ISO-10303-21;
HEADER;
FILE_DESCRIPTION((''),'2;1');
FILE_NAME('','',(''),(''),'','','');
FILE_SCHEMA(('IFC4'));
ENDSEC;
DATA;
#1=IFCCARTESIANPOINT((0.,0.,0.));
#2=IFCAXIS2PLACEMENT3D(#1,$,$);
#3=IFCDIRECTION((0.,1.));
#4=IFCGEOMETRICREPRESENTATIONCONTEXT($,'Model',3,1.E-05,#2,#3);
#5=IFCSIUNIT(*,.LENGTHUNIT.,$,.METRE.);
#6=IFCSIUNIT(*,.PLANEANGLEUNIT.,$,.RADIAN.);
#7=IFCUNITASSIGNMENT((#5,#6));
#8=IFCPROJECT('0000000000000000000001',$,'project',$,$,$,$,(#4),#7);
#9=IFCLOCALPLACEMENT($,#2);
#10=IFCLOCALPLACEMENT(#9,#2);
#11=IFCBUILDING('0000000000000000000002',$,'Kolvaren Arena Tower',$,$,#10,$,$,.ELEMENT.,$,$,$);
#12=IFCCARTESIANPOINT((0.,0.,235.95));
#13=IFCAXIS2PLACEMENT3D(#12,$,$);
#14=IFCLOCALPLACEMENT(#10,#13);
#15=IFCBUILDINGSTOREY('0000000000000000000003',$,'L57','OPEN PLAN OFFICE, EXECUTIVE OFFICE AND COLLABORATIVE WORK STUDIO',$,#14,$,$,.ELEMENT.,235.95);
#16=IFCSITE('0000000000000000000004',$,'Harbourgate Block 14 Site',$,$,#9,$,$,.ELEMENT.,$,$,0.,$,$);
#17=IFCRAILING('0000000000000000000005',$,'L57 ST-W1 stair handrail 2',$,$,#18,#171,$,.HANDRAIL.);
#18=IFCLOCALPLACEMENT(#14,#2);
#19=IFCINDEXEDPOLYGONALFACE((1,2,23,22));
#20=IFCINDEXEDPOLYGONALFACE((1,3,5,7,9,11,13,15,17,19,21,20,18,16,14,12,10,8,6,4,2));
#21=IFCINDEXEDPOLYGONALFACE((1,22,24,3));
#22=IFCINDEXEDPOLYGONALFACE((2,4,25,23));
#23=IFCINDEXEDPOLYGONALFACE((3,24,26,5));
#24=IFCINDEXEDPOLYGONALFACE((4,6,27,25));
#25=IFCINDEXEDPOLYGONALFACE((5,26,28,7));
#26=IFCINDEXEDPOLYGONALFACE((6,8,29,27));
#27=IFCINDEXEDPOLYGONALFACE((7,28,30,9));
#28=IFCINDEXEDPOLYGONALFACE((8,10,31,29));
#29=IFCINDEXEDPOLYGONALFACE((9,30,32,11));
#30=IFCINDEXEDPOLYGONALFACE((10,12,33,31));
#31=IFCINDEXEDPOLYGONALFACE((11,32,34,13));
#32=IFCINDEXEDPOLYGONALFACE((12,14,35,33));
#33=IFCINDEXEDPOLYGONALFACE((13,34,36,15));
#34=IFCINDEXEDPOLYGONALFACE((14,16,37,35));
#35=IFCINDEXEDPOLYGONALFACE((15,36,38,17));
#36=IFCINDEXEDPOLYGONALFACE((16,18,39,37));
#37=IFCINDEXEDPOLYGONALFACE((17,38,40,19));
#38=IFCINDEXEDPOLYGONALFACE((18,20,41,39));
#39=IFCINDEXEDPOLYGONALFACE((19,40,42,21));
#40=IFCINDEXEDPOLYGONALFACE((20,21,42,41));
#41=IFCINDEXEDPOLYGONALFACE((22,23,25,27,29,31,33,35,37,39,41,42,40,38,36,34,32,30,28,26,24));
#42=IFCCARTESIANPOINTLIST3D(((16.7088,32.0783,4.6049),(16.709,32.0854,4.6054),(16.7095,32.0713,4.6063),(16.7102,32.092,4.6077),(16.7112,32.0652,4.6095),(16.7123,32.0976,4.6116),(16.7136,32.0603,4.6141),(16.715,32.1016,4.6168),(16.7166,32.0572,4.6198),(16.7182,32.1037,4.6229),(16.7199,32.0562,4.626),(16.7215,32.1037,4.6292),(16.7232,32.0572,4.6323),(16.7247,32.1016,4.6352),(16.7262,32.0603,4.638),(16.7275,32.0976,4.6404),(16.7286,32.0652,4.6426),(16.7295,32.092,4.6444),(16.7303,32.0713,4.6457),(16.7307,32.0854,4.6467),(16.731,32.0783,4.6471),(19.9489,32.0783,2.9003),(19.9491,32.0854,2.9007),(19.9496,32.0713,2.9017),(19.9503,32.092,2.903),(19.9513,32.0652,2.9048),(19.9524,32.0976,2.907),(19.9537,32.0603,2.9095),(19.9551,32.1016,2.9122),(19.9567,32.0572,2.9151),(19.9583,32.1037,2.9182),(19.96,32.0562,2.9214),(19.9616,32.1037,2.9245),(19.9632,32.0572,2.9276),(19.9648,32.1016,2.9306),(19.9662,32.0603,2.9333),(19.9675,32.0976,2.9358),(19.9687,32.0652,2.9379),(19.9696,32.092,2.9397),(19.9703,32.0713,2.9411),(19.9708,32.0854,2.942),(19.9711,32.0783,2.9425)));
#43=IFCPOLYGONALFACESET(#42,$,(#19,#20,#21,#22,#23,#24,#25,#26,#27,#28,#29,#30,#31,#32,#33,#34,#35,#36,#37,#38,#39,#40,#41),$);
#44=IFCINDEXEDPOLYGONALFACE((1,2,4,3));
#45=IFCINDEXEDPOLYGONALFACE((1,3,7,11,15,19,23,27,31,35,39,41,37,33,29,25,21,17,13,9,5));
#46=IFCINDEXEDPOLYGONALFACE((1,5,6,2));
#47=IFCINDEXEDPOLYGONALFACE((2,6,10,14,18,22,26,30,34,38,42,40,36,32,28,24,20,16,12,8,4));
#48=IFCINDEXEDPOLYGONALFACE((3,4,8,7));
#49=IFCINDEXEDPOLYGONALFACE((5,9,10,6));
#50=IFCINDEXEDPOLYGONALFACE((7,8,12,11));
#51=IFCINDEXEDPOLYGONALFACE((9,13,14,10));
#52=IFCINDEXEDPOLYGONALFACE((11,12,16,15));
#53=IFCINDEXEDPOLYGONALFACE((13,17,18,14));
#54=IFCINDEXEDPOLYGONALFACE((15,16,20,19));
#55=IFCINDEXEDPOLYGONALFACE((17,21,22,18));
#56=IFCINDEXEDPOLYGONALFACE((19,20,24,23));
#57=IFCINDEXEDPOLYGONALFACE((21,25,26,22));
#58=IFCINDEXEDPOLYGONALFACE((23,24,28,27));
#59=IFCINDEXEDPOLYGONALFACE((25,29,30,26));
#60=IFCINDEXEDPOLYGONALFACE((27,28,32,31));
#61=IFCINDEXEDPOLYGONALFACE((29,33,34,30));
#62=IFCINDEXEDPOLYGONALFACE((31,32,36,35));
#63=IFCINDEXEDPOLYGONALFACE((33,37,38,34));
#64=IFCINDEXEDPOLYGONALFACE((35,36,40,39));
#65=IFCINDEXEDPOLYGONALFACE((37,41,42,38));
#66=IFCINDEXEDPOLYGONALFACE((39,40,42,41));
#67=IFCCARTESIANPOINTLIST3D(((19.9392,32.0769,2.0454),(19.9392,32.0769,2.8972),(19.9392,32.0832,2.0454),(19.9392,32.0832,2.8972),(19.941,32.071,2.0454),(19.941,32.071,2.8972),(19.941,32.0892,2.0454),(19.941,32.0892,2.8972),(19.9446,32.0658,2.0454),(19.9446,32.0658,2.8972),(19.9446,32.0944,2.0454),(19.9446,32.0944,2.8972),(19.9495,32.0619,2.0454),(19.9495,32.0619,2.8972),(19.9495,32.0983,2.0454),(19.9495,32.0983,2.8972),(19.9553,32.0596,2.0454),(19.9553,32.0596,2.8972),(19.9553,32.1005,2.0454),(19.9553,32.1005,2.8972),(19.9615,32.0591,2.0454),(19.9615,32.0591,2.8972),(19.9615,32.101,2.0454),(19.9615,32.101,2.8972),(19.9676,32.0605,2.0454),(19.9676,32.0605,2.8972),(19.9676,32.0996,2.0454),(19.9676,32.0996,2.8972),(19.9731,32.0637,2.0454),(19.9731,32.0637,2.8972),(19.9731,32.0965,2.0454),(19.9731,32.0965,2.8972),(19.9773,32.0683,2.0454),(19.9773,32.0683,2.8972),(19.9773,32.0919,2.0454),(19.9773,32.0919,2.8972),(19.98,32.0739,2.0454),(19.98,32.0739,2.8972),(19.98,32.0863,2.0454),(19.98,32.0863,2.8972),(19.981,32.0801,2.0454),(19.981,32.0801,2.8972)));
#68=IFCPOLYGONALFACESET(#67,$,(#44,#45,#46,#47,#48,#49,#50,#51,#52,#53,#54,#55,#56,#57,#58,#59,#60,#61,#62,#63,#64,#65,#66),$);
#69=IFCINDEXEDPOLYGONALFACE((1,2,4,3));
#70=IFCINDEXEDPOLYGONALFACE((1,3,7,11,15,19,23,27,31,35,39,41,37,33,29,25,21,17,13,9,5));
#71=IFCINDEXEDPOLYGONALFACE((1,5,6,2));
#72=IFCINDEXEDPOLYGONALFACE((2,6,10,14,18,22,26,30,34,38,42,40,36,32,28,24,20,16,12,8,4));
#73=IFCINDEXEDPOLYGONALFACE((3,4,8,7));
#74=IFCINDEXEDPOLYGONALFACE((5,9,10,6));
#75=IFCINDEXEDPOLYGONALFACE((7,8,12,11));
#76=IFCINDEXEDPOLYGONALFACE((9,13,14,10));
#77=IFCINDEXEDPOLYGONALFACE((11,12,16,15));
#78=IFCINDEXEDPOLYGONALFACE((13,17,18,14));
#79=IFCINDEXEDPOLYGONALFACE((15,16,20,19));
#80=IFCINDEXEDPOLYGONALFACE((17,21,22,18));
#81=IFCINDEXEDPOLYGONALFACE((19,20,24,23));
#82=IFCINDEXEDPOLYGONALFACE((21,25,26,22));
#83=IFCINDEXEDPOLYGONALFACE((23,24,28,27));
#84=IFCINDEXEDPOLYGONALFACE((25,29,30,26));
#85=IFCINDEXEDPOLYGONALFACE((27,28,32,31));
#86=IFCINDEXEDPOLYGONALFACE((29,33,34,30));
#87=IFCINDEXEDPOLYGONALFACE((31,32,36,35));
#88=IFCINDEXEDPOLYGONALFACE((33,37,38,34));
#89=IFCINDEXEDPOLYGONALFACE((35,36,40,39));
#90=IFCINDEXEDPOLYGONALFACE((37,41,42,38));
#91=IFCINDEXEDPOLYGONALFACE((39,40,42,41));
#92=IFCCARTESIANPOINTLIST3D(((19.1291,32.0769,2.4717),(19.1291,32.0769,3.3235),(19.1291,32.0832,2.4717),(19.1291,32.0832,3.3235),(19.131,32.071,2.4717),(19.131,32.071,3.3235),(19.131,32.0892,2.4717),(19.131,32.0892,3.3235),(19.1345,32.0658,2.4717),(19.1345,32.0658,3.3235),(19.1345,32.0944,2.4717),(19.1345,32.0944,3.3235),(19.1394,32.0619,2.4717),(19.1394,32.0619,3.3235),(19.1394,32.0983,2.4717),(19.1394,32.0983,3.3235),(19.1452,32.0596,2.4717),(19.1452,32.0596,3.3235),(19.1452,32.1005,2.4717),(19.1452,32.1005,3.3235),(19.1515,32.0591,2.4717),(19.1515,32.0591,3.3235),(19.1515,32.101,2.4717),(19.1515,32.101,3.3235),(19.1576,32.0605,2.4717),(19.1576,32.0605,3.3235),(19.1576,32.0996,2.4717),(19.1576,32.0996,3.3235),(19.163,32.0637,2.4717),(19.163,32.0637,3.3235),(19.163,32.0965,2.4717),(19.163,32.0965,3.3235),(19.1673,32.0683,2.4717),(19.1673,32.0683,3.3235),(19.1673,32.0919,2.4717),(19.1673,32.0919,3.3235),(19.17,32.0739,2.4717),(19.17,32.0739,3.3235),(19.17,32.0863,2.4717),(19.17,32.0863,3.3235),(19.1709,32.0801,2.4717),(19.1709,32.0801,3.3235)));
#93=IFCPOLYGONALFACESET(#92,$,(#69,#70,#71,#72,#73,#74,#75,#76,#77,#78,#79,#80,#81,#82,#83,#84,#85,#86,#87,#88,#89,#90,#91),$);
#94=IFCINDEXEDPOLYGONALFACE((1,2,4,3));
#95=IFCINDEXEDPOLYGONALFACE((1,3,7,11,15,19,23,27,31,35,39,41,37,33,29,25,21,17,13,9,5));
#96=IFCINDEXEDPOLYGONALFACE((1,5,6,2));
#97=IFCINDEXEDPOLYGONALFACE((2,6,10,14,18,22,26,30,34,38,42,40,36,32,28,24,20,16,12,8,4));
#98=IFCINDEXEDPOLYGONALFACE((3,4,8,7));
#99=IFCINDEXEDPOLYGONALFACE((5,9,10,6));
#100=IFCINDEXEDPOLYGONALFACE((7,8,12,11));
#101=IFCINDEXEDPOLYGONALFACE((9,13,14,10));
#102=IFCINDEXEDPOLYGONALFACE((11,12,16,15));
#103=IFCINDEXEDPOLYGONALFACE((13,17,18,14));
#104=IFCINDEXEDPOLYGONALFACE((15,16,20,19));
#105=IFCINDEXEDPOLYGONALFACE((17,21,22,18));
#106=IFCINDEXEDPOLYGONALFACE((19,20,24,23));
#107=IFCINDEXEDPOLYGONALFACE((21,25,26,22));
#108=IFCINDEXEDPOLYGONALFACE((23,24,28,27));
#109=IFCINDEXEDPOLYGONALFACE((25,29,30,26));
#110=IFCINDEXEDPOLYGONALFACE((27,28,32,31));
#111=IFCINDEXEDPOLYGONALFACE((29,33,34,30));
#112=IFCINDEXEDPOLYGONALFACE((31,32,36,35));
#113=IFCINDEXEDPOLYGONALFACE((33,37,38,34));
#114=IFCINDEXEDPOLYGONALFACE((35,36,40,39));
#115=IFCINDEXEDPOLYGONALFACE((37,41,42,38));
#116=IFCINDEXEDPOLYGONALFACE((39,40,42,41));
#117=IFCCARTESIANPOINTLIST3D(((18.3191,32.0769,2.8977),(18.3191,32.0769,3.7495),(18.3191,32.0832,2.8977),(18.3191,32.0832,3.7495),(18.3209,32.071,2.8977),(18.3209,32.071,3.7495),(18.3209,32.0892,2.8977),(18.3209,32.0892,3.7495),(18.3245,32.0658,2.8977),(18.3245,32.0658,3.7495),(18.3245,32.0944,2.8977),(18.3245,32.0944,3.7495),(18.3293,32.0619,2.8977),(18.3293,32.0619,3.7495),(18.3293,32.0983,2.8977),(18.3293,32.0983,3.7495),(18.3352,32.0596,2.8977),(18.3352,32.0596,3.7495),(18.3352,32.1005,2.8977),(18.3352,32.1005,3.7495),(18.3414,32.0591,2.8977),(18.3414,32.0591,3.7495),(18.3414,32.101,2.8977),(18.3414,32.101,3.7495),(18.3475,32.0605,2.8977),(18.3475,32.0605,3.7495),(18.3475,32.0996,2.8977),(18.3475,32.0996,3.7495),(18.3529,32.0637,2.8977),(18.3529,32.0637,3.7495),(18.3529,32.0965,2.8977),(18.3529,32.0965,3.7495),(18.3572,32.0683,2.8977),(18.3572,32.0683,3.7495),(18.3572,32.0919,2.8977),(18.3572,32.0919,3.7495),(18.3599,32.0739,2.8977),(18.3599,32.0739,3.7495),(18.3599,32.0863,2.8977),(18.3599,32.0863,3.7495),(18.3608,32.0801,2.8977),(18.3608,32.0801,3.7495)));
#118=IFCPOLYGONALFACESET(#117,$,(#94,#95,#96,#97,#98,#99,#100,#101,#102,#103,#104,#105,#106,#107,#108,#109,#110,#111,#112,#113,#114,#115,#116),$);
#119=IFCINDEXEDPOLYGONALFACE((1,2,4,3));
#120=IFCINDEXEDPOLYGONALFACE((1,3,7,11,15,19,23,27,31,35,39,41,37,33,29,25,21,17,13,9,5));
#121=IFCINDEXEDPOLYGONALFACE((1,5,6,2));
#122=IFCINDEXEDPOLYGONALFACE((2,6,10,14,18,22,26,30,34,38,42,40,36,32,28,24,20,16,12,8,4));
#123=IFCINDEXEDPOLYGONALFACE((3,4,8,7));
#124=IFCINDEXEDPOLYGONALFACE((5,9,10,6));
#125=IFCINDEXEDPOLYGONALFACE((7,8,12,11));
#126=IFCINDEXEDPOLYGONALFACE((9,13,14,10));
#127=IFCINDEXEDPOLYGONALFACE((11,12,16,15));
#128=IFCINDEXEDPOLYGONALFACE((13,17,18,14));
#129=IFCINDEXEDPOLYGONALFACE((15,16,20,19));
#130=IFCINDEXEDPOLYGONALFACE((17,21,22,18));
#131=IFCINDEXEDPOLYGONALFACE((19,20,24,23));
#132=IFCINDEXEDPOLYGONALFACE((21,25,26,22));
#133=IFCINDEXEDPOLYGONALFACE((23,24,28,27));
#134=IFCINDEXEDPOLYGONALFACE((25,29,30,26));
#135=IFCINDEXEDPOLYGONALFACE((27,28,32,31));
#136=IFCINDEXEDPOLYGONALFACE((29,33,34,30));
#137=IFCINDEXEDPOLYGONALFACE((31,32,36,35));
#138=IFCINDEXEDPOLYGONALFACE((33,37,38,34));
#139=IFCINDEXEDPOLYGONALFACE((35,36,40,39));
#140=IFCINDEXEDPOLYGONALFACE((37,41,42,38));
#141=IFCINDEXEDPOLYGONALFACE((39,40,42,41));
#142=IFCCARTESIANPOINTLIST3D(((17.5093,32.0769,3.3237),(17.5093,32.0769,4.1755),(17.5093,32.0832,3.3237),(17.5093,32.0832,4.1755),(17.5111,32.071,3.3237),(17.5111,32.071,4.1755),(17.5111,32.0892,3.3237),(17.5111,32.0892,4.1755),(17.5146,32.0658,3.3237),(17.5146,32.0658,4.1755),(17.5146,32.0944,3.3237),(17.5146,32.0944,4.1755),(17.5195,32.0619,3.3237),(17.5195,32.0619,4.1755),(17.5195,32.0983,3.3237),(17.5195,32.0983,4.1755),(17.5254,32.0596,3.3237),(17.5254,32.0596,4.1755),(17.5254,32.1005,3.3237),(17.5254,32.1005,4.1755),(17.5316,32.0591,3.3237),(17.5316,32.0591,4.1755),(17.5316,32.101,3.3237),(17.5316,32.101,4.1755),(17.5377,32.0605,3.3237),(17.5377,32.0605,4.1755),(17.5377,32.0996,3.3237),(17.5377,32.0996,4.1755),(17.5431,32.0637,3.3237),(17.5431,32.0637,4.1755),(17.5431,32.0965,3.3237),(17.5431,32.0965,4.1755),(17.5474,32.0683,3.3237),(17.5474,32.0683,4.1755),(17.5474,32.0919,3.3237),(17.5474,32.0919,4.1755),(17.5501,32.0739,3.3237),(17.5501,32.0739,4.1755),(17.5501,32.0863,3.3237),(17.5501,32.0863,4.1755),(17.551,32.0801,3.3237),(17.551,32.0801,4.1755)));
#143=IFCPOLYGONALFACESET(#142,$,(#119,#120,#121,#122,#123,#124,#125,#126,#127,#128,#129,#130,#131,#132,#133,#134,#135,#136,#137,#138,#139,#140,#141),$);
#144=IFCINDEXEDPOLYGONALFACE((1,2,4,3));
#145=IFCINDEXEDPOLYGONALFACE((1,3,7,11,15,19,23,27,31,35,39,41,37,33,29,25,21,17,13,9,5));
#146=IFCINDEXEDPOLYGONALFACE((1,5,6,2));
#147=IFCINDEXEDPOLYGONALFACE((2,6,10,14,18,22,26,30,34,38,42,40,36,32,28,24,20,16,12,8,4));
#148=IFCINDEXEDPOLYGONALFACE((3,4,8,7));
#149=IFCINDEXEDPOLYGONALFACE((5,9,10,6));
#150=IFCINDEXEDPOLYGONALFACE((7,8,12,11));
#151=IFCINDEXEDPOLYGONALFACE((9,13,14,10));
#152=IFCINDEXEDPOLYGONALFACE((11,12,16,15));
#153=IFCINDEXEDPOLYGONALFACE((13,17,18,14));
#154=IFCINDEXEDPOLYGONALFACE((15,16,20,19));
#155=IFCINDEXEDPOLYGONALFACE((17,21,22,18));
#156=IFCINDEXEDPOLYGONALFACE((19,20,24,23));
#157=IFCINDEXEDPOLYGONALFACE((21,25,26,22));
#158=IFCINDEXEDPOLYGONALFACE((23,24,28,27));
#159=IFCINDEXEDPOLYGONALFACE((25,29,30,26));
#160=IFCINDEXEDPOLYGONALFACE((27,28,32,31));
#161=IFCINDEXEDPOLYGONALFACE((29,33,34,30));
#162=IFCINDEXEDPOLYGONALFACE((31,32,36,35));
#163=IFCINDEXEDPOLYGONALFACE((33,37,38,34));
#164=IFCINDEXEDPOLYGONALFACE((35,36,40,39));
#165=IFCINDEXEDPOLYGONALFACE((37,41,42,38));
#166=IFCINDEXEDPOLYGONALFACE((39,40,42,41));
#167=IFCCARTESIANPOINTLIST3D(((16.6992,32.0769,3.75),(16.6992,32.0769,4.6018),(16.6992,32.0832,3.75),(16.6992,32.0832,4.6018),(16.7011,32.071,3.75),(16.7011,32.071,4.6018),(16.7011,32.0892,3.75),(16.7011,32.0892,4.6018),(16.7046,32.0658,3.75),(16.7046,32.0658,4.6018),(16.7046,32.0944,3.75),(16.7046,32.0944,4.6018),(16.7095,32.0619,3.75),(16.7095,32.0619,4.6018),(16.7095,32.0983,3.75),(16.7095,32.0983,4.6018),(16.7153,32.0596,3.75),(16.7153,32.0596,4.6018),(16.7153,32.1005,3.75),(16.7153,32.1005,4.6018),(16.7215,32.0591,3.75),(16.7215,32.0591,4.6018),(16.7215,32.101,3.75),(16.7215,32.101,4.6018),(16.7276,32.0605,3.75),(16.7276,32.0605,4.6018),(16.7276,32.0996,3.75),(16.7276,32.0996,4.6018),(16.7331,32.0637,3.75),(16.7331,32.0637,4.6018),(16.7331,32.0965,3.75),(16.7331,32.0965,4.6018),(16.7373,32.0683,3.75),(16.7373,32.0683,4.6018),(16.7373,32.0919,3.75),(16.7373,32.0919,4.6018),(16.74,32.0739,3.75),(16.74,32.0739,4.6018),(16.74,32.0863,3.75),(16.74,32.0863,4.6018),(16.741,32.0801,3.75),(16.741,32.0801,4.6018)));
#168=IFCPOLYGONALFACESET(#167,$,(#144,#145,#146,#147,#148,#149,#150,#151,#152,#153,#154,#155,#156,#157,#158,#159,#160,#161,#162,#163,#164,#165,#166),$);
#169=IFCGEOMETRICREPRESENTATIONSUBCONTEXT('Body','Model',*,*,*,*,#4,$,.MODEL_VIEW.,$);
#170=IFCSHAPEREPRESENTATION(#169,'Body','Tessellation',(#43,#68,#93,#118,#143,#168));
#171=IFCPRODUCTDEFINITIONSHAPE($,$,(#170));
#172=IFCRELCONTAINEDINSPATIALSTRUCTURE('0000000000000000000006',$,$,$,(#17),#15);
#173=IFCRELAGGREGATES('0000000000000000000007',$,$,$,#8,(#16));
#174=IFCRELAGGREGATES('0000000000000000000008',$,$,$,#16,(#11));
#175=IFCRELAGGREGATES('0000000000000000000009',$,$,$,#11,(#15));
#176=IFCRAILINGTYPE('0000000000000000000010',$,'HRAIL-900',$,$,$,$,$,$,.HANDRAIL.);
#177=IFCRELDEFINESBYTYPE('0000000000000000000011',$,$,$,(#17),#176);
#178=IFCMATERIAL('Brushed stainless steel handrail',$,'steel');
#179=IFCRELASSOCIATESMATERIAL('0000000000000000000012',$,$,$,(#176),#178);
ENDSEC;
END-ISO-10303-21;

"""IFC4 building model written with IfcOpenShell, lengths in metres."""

from ifc_helpers import new_model, si_unit, direction, frame, origin, origin_2d, place, context, subcontext, project, spatial, circle, extrude, material, type_object, element, save


model = new_model("IFC4")

# Units and contexts
model_context = context("Model", 3, precision=1e-05, world=origin(), true_north=direction((0.0, 1.0)))
body_context = subcontext(model_context, "Body", "Model", "MODEL_VIEW")
ifc_project = project(units=[si_unit("LENGTHUNIT", "METRE"), si_unit("PLANEANGLEUNIT", "RADIAN")], contexts=[model_context])

# Site, building, storey
site_placement = place(None, origin())
site = spatial("IfcSite", under=ifc_project, at=site_placement, Name="Harbourgate Block 14 Site", CompositionType="ELEMENT", RefElevation=0.0)
building_placement = place(site_placement, origin())
building = spatial("IfcBuilding", under=site, at=building_placement, Name="Kolvaren Arena Tower", CompositionType="ELEMENT")
storey_placement = place(building_placement, frame((0.0, 0.0, 235.95)))
storey = spatial("IfcBuildingStorey", under=building, at=storey_placement, Name="L57", Description="OPEN PLAN OFFICE, EXECUTIVE OFFICE AND COLLABORATIVE WORK STUDIO", CompositionType="ELEMENT", Elevation=235.95)

# Railing
ifc_material_1 = material(Name="Brushed stainless steel handrail", Category="steel")
railing_type_1 = type_object("IfcRailingType", Name="HRAIL-900", PredefinedType="HANDRAIL", material=ifc_material_1)
railing_1_placement = place(storey_placement, frame((19.96, 32.0801, 2.0454)))
element("IfcRailing", 1, at=railing_1_placement, inside=storey, type_object=railing_type_1, Name="L57 ST-W1 stair handrail 2", PredefinedType="HANDRAIL", context=body_context, shape_type="SweptSolid", body=[
    extrude(circle(Radius=0.0239, at=origin_2d()), frame((0.0, 0.0, 0.876), z_axis=(-0.884993, 0.0, 0.465604), x_axis=(0.0, -1.0, 0.0)), (0.0, 0.0, 1.0), 3.6611),
    extrude(circle(Radius=0.021, at=origin_2d()), origin(), (0.0, 0.0, 1.0), 0.8518),
    extrude(circle(Radius=0.021, at=origin_2d()), frame((-0.8101, 0.0, 0.4263)), (0.0, 0.0, 1.0), 0.8518),
    extrude(circle(Radius=0.021, at=origin_2d()), frame((-1.6201, 0.0, 0.8523)), (0.0, 0.0, 1.0), 0.8518),
    extrude(circle(Radius=0.021, at=origin_2d()), frame((-2.4299, 0.0, 1.2783)), (0.0, 0.0, 1.0), 0.8518),
    extrude(circle(Radius=0.021, at=origin_2d()), frame((-3.24, 0.0, 1.7046)), (0.0, 0.0, 1.0), 0.8518),
])

save(model, "model.ifc")
